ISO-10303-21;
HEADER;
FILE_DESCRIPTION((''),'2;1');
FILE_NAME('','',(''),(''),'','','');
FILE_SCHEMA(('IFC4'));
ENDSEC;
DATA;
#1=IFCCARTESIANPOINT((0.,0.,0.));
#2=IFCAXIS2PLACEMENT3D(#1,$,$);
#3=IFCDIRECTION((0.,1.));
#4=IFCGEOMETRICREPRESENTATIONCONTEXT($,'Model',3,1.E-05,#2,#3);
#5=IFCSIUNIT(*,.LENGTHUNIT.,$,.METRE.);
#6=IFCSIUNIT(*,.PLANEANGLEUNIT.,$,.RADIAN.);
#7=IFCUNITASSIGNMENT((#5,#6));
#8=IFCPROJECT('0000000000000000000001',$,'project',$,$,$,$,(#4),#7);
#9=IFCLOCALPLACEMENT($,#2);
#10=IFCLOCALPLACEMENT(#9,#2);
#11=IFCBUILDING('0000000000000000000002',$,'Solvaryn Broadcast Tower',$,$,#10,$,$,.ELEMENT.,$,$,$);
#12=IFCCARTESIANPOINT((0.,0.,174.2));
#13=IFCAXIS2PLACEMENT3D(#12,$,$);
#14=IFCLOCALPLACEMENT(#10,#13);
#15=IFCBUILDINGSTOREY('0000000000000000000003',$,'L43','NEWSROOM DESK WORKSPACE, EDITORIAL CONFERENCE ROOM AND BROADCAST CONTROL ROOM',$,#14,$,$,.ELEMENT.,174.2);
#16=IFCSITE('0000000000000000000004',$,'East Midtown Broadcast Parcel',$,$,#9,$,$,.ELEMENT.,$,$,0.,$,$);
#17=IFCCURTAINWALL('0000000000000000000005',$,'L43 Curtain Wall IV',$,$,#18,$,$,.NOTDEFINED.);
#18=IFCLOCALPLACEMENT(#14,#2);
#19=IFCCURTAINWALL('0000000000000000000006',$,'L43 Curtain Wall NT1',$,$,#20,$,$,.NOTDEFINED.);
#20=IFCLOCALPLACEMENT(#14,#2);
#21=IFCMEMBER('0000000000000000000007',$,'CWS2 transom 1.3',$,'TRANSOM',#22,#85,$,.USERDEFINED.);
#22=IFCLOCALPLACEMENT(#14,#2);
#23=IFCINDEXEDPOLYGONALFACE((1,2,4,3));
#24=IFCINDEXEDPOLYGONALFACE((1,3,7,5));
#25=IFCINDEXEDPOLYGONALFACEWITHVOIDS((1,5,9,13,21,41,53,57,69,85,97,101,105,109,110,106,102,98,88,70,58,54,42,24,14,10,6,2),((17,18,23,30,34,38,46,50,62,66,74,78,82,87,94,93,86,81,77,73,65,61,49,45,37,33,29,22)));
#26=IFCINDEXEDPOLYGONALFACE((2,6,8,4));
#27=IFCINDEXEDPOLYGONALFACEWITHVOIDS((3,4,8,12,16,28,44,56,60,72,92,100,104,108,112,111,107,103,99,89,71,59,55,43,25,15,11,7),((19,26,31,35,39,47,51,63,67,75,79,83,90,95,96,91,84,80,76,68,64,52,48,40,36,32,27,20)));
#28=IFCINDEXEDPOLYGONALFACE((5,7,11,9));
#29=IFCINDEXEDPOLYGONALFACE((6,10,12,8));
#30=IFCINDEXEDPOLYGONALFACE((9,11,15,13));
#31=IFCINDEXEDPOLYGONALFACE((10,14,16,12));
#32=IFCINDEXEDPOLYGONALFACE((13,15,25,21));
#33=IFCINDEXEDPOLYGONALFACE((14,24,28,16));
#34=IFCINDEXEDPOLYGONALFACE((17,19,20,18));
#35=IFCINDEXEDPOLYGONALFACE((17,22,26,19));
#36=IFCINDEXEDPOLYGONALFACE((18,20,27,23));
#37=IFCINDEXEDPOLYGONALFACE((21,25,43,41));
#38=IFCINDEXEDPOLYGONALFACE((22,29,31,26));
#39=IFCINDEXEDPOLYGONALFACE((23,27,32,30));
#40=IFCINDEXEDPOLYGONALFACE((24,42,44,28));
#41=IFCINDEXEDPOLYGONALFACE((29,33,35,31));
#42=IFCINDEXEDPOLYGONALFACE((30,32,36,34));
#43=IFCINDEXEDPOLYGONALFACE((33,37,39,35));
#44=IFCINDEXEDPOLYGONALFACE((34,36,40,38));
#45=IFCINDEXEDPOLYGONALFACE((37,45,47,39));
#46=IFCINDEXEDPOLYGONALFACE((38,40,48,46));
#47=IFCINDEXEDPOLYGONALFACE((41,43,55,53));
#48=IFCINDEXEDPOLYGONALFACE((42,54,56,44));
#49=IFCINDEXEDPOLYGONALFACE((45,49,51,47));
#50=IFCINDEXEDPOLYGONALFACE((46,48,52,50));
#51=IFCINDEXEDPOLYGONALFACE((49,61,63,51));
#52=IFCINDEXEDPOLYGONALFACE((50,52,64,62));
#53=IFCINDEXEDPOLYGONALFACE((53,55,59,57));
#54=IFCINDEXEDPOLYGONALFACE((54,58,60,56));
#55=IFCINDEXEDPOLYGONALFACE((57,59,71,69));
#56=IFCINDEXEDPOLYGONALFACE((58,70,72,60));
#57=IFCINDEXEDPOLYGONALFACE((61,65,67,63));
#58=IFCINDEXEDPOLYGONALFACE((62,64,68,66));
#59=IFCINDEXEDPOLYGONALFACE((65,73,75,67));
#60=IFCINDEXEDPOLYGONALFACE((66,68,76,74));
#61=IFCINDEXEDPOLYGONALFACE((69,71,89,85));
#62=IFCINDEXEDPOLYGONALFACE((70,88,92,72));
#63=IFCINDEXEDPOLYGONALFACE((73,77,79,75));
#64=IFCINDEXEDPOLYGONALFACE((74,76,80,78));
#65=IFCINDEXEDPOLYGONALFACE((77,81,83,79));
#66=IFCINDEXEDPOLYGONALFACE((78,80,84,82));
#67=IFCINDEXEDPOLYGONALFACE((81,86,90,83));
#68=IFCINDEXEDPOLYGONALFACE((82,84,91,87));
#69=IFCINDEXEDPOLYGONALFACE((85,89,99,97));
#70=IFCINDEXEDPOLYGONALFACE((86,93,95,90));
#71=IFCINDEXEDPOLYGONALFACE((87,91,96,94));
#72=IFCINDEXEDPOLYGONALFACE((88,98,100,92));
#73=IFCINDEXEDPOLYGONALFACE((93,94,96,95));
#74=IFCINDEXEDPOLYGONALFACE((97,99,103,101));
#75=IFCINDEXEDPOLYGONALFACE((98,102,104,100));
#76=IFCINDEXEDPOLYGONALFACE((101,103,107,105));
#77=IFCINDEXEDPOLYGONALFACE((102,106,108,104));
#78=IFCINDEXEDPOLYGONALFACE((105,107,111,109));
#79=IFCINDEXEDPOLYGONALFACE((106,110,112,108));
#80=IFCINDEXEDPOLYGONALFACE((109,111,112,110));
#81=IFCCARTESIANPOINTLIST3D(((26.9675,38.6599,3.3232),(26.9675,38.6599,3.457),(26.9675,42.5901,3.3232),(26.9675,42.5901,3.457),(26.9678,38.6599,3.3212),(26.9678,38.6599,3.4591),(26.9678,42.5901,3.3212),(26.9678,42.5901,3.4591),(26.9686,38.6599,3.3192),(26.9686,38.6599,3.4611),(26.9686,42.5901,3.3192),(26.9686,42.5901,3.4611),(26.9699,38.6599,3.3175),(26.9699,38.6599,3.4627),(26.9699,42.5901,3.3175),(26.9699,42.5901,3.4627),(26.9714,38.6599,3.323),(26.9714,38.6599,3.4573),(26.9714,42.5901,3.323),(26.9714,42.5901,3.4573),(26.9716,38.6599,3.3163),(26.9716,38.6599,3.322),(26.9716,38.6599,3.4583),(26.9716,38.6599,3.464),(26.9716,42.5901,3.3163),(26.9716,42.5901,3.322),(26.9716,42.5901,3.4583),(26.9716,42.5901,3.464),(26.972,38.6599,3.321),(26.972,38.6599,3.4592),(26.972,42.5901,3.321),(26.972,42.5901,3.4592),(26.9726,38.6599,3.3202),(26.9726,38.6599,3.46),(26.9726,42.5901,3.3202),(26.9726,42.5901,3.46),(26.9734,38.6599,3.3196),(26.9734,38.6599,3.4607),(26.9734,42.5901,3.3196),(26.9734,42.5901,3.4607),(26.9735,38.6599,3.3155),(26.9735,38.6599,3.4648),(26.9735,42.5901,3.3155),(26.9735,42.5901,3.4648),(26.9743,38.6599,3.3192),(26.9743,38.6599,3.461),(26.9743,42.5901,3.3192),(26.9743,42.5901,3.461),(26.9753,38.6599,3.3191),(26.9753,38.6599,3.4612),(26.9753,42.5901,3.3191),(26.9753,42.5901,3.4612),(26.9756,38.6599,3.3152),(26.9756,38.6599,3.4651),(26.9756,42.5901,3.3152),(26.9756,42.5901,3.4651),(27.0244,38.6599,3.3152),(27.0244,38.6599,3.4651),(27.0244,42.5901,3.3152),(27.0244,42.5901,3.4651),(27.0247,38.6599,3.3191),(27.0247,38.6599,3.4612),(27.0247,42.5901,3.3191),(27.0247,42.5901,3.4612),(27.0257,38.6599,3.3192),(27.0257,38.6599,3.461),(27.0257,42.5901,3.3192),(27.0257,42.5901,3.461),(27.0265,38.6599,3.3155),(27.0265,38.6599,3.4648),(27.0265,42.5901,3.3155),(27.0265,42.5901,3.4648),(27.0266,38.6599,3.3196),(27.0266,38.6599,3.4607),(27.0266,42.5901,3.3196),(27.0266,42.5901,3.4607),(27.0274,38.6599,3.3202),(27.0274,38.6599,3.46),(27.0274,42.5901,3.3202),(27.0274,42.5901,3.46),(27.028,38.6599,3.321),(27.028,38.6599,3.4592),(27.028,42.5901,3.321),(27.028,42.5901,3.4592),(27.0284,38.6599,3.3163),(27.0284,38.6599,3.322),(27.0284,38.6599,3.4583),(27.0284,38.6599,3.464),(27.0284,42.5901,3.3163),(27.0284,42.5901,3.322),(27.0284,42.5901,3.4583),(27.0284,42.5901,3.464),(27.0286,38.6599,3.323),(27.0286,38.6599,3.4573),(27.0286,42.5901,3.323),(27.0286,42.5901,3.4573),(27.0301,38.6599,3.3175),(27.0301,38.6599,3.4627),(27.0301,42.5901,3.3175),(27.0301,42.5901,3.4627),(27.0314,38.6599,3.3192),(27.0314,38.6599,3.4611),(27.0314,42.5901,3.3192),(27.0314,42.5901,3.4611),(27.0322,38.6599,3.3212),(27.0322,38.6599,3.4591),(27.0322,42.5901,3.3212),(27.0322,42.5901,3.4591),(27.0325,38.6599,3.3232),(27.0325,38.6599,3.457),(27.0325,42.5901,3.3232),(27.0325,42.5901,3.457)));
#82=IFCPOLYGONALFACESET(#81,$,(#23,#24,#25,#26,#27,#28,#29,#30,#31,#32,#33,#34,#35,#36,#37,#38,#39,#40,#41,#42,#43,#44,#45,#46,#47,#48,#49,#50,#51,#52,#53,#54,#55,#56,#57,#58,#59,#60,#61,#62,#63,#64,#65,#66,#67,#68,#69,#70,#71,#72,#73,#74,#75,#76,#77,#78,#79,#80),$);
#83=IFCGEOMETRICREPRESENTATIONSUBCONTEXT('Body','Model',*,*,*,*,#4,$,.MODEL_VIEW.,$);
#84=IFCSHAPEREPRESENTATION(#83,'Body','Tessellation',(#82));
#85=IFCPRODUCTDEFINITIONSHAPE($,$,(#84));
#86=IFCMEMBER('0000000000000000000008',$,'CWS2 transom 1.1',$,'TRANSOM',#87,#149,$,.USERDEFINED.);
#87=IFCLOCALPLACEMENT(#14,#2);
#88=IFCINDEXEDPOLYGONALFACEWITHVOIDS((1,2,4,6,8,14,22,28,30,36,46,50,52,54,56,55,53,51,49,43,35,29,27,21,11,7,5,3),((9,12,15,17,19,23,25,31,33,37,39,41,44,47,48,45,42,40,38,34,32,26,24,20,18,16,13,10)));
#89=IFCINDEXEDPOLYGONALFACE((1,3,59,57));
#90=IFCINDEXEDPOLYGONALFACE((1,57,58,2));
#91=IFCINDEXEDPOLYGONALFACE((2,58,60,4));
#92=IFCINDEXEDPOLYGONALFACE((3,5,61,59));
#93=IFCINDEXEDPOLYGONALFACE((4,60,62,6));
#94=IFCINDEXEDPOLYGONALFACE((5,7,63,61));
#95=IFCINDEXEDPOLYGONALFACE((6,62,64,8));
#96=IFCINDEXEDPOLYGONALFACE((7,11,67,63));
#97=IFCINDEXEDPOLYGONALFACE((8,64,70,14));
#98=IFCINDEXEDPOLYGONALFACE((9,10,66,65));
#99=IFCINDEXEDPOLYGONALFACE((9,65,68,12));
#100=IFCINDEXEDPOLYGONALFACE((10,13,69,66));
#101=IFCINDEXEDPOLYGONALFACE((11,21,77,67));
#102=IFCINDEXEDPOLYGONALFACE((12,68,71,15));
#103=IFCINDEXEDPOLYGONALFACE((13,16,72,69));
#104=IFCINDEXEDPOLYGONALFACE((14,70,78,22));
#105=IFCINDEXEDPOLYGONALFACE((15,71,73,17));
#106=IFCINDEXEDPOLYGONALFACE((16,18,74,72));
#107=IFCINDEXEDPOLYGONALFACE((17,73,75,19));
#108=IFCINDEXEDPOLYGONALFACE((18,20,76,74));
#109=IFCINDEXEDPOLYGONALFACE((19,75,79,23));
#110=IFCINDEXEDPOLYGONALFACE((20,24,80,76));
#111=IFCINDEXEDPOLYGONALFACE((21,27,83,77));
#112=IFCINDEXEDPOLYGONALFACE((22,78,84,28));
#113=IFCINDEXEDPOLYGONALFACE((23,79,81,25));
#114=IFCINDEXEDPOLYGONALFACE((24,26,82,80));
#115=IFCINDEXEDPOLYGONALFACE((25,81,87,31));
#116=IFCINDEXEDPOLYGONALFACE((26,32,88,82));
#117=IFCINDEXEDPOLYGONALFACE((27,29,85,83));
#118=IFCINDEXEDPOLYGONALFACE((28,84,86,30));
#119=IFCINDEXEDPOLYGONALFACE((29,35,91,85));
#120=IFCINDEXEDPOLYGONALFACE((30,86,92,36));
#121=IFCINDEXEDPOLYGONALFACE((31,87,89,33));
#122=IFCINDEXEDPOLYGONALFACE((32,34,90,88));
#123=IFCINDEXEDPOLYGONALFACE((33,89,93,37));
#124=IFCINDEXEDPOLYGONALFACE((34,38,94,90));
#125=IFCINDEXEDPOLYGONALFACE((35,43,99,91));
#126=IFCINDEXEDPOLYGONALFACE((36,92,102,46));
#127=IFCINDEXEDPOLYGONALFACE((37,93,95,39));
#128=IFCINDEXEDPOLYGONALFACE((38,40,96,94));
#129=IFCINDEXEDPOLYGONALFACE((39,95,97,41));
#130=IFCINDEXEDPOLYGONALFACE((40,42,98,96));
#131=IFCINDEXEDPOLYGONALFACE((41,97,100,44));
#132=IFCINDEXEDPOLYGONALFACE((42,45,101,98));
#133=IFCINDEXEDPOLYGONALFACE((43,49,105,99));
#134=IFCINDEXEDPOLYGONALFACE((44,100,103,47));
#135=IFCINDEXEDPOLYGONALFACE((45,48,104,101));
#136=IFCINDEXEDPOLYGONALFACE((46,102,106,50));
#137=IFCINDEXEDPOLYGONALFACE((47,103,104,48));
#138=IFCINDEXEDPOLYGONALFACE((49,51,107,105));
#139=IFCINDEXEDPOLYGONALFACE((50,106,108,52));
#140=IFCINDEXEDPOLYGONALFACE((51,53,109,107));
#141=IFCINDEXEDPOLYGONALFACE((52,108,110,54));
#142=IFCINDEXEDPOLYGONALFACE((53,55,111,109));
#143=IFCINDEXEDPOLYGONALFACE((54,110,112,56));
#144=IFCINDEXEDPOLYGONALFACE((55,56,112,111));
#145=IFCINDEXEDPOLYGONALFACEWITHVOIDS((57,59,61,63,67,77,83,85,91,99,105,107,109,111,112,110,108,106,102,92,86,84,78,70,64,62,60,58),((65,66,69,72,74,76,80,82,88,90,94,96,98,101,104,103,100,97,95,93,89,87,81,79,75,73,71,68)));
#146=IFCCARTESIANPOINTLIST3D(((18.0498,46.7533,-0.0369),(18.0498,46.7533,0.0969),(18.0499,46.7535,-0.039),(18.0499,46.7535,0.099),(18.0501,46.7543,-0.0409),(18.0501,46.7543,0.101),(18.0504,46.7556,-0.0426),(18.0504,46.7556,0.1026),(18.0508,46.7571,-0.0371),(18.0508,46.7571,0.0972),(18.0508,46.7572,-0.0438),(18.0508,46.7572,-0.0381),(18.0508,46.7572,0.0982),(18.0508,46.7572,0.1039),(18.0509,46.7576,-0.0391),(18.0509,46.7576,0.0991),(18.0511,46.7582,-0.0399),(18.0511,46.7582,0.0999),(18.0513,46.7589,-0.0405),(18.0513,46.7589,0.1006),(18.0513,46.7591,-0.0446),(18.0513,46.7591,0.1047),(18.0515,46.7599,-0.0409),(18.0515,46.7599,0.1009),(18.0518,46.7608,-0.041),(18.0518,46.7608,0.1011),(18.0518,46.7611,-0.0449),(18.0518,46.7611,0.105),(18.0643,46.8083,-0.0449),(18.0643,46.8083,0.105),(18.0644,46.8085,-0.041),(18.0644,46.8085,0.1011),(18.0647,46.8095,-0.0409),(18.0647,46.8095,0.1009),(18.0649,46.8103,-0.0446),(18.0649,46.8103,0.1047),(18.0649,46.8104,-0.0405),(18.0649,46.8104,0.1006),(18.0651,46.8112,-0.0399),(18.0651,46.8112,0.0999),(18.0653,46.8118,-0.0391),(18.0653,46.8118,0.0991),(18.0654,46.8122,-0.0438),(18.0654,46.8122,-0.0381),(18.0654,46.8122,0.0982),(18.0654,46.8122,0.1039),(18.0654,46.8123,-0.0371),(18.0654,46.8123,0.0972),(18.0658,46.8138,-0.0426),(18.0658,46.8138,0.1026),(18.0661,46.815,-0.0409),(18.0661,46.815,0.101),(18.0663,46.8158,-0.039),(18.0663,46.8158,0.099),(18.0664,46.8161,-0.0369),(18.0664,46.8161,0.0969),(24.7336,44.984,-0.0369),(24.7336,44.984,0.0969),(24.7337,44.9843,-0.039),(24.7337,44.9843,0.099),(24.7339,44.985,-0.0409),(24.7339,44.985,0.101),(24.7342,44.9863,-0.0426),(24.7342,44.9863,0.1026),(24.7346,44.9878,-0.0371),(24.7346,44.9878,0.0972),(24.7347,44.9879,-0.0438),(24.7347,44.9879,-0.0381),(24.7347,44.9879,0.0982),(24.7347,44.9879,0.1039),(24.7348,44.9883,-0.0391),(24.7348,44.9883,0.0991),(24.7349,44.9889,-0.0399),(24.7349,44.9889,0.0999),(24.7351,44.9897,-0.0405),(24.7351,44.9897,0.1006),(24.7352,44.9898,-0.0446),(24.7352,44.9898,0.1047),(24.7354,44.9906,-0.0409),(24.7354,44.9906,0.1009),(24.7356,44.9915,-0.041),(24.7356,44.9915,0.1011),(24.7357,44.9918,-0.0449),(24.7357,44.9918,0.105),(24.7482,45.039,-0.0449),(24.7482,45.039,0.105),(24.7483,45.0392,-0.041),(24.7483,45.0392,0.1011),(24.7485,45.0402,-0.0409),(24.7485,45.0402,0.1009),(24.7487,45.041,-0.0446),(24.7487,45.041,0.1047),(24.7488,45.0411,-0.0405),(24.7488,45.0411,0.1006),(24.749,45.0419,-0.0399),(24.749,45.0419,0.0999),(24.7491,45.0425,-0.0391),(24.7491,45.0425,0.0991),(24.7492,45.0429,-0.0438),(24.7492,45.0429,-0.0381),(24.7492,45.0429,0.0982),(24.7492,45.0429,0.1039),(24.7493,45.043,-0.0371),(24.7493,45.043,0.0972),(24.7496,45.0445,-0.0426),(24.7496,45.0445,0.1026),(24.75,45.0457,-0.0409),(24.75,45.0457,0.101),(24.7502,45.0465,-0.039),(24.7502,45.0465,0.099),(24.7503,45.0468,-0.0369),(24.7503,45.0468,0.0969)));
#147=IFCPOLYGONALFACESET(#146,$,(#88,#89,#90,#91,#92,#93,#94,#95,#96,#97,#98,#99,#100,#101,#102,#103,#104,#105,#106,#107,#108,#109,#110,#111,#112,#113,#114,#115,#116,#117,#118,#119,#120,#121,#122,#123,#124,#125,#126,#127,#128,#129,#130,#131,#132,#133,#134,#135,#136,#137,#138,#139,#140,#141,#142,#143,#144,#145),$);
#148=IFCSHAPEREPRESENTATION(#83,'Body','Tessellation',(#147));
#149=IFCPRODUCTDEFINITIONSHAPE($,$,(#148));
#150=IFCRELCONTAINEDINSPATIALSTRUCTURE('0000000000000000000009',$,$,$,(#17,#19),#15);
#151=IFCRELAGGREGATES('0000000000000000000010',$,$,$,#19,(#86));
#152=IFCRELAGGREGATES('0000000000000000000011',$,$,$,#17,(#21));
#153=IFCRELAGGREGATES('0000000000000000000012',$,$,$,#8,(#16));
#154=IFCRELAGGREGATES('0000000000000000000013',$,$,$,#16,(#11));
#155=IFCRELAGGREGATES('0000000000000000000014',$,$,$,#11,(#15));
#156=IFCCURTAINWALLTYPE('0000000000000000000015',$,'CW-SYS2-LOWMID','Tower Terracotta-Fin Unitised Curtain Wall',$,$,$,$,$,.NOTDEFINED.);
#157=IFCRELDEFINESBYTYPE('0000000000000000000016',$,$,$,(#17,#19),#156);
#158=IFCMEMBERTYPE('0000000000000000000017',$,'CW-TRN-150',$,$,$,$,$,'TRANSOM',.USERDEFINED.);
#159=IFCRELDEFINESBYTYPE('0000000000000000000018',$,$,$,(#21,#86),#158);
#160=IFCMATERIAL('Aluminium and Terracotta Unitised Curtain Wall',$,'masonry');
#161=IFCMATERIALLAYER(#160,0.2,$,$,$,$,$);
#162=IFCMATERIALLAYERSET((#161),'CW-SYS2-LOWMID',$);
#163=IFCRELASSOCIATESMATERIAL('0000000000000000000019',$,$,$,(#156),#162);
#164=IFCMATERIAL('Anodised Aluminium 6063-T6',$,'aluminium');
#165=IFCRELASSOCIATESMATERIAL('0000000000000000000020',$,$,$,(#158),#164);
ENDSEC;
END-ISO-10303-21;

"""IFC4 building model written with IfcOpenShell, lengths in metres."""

from ifc_helpers import new_model, si_unit, direction, frame, origin, origin_2d, place, context, subcontext, project, spatial, hollow_rectangle, extrude, material, layer, layer_set, material_profile, profile_set, type_object, element, aggregate, save


model = new_model("IFC4")

# Units and contexts
model_context = context("Model", 3, precision=1e-05, world=origin(), true_north=direction((0.0, 1.0)))
body_context = subcontext(model_context, "Body", "Model", "MODEL_VIEW")
ifc_project = project(units=[si_unit("LENGTHUNIT", "METRE"), si_unit("PLANEANGLEUNIT", "RADIAN")], contexts=[model_context])

# Site, building, storey
site_placement = place(None, origin())
site = spatial("IfcSite", under=ifc_project, at=site_placement, Name="East Midtown Broadcast Parcel", CompositionType="ELEMENT", RefElevation=0.0)
building_placement = place(site_placement, origin())
building = spatial("IfcBuilding", under=site, at=building_placement, Name="Solvaryn Broadcast Tower", CompositionType="ELEMENT")
storey_placement = place(building_placement, frame((0.0, 0.0, 174.2)))
storey = spatial("IfcBuildingStorey", under=building, at=storey_placement, Name="L43", Description="NEWSROOM DESK WORKSPACE, EDITORIAL CONFERENCE ROOM AND BROADCAST CONTROL ROOM", CompositionType="ELEMENT", Elevation=174.2)

# Curtain wall
ifc_material_1 = material(Name="Aluminium and Terracotta Unitised Curtain Wall", Category="masonry")
ifc_layer_1 = layer(ifc_material_1, 0.2)
ifc_layer_set_1 = layer_set([ifc_layer_1], Name="CW-SYS2-LOWMID")
curtain_wall_type = type_object("IfcCurtainWallType", Name="CW-SYS2-LOWMID", Description="Tower Terracotta-Fin Unitised Curtain Wall", PredefinedType="NOTDEFINED", material=ifc_layer_set_1)
curtain_wall_1_placement = place(storey_placement, origin())
curtain_wall_1 = element("IfcCurtainWall", 1, at=curtain_wall_1_placement, inside=storey, type_object=curtain_wall_type, Name="L43 Curtain Wall IV", PredefinedType="NOTDEFINED")

# Curtain wall
curtain_wall_2_placement = place(storey_placement, origin())
curtain_wall_2 = element("IfcCurtainWall", 2, at=curtain_wall_2_placement, inside=storey, type_object=curtain_wall_type, Name="L43 Curtain Wall NT1", PredefinedType="NOTDEFINED")

# Members
ifc_material_2 = material(Name="Anodised Aluminium 6063-T6", Category="aluminium")
ifc_material_profile_1 = material_profile(ifc_material_2, hollow_rectangle(XDim=0.0649, YDim=0.1499, WallThickness=0.0039, InnerFilletRadius=0.0039, OuterFilletRadius=0.0081, at=origin_2d()))
ifc_profile_set_1 = profile_set([ifc_material_profile_1], Name="Anodised Aluminium 6063-T6")
member_type_1 = type_object("IfcMemberType", Name="CW-TRN-150", ElementType="TRANSOM", PredefinedType="USERDEFINED", material=ifc_profile_set_1)
member_1_placement = place(storey_placement, frame((27.0, 42.5901, 3.3901), z_axis=(0.0, -1.0, 0.0), x_axis=(1.0, 0.0, 0.0)))
member_1 = element("IfcMember", 3, at=member_1_placement, type_object=member_type_1, Name="CWS2 transom 1.3", ObjectType="TRANSOM", PredefinedType="USERDEFINED", context=body_context, shape_type="SweptSolid", body=[
    extrude(hollow_rectangle(XDim=0.0649, YDim=0.1499, WallThickness=0.0039, InnerFilletRadius=0.0039, OuterFilletRadius=0.0081, at=origin_2d()), origin(), (0.0, 0.0, 1.0), 3.9302),
])
member_2_placement = place(storey_placement, frame((24.7419, 45.0154, 0.03), z_axis=(-0.966704, 0.255897, 0.0), x_axis=(-0.255897, -0.966704, 0.0)))
member_2 = element("IfcMember", 4, at=member_2_placement, type_object=member_type_1, Name="CWS2 transom 1.1", ObjectType="TRANSOM", PredefinedType="USERDEFINED", context=body_context, shape_type="SweptSolid", body=[
    extrude(hollow_rectangle(XDim=0.0649, YDim=0.1499, WallThickness=0.0039, InnerFilletRadius=0.0039, OuterFilletRadius=0.0081, at=origin_2d()), origin(), (0.0, 0.0, 1.0), 6.9141),
])
aggregate(curtain_wall_2, [member_2])

aggregate(curtain_wall_1, [member_1])

save(model, "model.ifc")
